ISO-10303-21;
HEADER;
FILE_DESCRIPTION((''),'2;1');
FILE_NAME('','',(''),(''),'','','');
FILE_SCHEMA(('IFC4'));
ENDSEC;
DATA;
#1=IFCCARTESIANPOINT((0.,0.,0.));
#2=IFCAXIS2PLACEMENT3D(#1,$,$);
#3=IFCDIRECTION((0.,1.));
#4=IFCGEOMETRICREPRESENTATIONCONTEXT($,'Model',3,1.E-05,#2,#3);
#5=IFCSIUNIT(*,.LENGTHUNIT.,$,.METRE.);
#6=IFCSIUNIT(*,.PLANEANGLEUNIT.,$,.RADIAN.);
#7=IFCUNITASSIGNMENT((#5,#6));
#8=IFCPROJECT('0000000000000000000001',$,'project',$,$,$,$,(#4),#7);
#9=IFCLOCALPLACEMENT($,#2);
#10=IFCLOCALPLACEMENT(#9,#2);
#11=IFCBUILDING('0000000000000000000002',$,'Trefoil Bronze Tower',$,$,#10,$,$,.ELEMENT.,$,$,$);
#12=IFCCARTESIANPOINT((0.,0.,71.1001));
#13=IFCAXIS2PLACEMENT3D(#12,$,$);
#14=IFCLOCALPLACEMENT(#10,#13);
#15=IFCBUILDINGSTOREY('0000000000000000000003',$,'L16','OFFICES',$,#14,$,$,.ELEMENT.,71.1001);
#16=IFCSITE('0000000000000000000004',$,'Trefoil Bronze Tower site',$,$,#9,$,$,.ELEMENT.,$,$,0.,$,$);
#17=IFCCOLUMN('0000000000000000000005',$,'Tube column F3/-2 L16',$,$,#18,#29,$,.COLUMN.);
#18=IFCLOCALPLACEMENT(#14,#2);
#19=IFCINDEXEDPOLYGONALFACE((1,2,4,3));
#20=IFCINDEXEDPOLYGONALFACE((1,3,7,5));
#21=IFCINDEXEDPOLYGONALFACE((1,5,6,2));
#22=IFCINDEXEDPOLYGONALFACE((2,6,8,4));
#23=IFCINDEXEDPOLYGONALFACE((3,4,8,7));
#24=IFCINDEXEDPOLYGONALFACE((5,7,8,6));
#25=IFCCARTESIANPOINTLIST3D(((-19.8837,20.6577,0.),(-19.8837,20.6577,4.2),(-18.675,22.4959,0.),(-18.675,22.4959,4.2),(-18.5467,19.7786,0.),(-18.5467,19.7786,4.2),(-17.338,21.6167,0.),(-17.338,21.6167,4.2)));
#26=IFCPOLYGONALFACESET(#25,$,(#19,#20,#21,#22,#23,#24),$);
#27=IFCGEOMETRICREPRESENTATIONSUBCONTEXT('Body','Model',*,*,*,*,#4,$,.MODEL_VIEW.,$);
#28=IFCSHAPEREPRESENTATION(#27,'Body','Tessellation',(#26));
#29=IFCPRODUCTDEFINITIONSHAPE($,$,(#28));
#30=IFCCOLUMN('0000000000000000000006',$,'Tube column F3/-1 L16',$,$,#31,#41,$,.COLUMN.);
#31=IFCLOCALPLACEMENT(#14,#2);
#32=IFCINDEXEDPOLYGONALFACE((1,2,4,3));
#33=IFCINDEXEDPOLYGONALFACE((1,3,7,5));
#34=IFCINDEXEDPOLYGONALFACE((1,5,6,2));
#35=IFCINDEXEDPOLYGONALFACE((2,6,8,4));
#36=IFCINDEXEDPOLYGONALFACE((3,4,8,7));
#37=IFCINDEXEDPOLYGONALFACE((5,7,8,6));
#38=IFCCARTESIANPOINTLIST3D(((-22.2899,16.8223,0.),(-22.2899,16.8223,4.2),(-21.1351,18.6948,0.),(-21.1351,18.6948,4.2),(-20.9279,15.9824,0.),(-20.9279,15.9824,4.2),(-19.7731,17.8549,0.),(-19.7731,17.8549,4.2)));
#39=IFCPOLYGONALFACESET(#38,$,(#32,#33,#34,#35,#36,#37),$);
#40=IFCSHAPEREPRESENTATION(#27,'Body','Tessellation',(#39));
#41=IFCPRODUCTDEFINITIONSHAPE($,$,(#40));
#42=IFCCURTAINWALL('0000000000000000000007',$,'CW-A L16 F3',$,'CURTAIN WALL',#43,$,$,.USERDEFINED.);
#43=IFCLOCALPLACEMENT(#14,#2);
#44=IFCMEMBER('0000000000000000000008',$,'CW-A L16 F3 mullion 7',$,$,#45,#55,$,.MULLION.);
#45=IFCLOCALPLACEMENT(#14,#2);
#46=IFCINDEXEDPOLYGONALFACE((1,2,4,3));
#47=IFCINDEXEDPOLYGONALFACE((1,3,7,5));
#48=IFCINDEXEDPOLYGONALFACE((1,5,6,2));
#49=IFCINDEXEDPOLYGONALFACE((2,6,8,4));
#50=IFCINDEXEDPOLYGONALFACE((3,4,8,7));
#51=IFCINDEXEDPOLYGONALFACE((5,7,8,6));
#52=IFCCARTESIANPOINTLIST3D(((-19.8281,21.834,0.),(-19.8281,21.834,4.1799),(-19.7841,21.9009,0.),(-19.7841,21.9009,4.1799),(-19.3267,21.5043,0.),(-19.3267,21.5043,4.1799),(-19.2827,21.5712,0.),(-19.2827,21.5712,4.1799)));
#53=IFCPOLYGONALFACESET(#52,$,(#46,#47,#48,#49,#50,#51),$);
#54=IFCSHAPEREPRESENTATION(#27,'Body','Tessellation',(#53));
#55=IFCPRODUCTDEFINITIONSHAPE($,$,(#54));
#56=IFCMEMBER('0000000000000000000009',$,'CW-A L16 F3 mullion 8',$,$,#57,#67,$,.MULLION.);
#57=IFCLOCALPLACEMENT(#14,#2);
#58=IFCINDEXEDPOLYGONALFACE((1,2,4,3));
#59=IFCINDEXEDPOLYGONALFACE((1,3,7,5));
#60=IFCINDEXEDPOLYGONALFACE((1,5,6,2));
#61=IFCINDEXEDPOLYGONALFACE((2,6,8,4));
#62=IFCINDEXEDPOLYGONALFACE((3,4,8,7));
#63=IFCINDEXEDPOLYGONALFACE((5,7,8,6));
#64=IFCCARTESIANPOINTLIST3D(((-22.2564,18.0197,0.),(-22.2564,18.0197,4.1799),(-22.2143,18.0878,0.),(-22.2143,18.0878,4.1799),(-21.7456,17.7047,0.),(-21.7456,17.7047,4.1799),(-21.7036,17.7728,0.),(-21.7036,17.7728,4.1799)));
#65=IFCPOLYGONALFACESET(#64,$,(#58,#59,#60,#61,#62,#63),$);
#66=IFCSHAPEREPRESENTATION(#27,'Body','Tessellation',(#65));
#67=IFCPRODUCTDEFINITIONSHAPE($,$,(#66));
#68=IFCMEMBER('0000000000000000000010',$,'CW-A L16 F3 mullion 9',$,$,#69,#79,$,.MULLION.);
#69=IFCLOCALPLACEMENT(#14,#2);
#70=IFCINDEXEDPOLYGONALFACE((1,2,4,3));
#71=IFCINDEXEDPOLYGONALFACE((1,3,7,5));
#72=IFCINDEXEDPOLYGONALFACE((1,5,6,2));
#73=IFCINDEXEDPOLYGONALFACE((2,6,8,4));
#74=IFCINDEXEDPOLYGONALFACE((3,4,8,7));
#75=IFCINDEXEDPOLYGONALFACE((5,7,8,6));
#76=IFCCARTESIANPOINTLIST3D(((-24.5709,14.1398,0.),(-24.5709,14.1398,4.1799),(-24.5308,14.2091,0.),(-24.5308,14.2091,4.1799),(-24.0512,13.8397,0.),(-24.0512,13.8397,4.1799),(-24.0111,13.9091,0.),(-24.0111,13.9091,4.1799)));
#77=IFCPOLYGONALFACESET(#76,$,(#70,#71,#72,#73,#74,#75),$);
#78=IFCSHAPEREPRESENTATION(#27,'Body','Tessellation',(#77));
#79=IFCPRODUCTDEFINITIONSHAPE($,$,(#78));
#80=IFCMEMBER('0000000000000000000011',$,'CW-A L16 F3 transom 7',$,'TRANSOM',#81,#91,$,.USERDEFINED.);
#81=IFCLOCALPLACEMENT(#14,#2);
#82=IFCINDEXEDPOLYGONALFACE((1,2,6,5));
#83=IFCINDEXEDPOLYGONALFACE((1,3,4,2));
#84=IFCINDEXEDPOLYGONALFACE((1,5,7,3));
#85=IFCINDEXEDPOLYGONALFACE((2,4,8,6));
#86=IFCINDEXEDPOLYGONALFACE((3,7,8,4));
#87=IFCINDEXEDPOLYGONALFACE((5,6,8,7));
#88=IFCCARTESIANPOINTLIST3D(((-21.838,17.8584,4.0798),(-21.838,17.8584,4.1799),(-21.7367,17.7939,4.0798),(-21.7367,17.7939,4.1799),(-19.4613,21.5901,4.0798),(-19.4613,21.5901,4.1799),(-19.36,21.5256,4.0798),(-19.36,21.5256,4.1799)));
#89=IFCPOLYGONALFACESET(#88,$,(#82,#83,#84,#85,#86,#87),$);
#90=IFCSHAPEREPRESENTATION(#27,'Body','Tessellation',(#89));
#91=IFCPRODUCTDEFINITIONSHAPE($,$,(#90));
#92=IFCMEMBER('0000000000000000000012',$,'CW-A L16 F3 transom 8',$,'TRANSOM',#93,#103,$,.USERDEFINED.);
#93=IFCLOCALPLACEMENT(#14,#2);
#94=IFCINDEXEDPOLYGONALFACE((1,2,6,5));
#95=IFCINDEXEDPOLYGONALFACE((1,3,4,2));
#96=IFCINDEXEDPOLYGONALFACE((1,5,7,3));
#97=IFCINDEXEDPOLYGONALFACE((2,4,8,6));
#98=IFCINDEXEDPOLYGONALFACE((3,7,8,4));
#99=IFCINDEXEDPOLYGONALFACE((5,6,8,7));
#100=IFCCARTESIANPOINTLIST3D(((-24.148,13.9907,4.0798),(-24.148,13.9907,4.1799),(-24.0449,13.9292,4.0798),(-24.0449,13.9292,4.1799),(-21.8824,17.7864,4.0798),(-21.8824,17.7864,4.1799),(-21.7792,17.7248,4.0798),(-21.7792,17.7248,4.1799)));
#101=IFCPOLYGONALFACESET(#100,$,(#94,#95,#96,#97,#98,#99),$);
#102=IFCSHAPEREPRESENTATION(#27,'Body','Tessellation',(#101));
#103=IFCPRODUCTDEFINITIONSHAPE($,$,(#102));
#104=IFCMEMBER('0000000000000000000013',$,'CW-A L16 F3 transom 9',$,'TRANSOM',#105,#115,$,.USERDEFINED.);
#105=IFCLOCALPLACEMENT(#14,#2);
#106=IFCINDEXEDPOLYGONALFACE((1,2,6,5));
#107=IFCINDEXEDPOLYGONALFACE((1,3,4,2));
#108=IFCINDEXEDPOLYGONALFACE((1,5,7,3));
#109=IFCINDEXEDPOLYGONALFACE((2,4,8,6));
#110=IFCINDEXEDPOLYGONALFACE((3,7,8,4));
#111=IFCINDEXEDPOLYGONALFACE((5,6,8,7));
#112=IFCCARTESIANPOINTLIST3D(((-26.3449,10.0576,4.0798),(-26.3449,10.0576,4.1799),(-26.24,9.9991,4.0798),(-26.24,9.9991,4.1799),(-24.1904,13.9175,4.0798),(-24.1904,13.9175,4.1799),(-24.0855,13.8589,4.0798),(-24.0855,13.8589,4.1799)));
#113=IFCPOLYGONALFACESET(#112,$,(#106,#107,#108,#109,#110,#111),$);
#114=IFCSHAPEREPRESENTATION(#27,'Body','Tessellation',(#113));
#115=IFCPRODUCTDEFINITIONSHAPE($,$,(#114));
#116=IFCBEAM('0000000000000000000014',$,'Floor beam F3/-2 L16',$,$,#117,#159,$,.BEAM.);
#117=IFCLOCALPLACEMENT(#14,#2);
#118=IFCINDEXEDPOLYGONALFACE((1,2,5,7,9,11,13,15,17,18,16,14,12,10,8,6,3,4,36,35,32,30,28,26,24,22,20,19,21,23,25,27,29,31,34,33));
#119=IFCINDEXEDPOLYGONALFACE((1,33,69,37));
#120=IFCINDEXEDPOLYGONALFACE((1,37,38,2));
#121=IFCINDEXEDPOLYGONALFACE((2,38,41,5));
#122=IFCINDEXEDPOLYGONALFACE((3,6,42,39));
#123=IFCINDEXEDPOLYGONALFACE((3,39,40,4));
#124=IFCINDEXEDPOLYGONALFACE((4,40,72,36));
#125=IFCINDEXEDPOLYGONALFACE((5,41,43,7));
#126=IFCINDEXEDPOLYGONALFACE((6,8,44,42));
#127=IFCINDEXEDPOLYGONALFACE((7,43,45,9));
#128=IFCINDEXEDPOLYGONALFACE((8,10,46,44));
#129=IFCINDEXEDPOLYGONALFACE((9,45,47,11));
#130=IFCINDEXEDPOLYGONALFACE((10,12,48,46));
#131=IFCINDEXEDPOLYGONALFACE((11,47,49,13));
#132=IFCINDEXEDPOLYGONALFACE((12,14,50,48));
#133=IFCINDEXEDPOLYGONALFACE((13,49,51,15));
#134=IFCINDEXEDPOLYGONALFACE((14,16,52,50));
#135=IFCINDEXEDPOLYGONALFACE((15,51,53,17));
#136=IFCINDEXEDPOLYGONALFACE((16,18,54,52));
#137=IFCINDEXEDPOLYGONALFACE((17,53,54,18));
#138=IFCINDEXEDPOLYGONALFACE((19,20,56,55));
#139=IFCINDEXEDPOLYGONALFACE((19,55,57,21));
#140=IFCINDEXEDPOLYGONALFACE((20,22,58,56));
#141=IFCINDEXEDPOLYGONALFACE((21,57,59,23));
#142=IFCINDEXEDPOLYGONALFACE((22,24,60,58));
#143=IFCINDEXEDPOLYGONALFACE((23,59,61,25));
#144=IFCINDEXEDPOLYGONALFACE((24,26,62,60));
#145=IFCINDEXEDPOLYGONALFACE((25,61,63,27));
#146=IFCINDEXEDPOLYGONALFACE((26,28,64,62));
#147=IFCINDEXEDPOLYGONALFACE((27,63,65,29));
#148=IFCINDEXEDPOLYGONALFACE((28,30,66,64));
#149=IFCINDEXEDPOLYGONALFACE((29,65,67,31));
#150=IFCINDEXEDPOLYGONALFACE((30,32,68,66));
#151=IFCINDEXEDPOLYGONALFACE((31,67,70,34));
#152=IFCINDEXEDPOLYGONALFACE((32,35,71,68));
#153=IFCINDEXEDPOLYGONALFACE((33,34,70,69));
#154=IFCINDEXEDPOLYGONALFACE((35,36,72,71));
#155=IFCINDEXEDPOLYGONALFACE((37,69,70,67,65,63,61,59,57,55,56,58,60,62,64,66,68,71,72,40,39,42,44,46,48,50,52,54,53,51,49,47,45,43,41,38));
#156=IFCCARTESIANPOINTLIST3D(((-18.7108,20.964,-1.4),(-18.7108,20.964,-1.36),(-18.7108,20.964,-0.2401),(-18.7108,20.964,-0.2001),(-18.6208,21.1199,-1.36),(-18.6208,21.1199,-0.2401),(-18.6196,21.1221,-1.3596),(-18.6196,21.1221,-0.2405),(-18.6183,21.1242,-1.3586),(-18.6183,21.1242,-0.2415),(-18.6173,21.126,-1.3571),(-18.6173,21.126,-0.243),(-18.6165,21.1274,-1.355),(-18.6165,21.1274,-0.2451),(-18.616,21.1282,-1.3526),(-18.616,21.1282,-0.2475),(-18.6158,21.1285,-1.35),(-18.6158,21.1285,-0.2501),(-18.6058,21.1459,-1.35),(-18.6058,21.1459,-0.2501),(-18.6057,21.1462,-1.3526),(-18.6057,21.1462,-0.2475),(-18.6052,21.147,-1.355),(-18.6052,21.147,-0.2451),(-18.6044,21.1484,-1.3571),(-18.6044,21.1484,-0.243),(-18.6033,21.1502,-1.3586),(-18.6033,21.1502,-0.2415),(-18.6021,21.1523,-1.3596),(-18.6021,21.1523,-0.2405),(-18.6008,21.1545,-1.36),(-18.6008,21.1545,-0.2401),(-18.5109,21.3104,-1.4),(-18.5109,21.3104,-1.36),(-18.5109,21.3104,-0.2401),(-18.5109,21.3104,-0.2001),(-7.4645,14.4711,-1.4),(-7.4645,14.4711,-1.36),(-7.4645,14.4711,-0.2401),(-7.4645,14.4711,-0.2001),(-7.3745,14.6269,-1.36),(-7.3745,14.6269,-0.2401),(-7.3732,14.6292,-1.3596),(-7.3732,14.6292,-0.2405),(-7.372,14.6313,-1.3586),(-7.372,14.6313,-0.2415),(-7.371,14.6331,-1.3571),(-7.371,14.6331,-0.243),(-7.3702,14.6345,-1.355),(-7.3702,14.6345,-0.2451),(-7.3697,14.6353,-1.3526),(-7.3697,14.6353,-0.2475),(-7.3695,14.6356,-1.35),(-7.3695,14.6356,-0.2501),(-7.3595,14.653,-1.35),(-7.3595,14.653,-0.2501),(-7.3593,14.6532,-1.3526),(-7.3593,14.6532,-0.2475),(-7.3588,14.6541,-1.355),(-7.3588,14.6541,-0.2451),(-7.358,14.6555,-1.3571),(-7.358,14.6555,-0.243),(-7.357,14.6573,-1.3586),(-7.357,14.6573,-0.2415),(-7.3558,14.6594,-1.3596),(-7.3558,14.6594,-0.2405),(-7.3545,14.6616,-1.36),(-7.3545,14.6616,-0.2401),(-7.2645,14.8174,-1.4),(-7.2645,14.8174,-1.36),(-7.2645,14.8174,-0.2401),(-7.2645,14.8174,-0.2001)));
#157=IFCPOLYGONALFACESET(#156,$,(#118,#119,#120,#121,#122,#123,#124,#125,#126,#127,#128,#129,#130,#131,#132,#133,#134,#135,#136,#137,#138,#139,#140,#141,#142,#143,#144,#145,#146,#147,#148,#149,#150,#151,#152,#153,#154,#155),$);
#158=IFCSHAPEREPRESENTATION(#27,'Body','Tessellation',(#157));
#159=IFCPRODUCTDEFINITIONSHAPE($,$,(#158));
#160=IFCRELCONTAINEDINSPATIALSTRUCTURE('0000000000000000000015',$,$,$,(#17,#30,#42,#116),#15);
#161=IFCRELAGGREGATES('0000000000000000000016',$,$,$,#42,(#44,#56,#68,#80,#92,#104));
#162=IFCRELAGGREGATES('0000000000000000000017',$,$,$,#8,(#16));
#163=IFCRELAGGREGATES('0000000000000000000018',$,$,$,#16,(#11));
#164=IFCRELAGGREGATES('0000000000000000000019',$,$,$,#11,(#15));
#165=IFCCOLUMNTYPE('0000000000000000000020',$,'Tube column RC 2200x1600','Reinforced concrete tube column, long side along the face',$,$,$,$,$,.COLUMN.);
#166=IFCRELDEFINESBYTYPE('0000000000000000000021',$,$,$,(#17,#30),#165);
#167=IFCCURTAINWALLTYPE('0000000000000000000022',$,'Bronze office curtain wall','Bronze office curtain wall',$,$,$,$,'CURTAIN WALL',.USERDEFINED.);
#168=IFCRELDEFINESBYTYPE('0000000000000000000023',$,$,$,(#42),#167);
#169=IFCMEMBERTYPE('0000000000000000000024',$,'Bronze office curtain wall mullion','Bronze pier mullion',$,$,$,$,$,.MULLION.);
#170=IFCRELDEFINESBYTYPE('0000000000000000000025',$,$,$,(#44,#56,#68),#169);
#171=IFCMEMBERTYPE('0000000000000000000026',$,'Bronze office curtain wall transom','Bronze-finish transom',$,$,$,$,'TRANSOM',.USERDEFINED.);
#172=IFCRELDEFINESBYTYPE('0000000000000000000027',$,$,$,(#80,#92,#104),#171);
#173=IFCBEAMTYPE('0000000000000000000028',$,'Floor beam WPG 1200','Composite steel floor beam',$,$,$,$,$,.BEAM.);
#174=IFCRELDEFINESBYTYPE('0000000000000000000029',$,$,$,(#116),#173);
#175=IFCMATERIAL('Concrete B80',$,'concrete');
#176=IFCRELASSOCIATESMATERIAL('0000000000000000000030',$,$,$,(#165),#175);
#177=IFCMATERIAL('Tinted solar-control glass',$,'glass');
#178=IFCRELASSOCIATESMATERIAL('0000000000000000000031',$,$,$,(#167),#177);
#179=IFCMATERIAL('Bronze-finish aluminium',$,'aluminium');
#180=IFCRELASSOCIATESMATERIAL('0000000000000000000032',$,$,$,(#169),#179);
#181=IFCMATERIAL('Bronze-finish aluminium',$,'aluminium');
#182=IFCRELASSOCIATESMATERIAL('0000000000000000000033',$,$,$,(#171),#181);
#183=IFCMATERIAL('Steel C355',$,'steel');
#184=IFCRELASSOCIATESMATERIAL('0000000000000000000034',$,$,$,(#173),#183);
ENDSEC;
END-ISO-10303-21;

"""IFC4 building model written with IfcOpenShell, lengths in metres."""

from ifc_helpers import new_model, si_unit, direction, frame, origin, origin_2d, place, context, subcontext, project, spatial, rectangle, i_section, extrude, material, material_profile, profile_set, type_object, element, aggregate, save


model = new_model("IFC4")

# Units and contexts
model_context = context("Model", 3, precision=1e-05, world=origin(), true_north=direction((0.0, 1.0)))
body_context = subcontext(model_context, "Body", "Model", "MODEL_VIEW")
ifc_project = project(units=[si_unit("LENGTHUNIT", "METRE"), si_unit("PLANEANGLEUNIT", "RADIAN")], contexts=[model_context])

# Site, building, storey
site_placement = place(None, origin())
site = spatial("IfcSite", under=ifc_project, at=site_placement, Name="Trefoil Bronze Tower site", CompositionType="ELEMENT", RefElevation=0.0)
building_placement = place(site_placement, origin())
building = spatial("IfcBuilding", under=site, at=building_placement, Name="Trefoil Bronze Tower", CompositionType="ELEMENT")
storey_placement = place(building_placement, frame((0.0, 0.0, 71.1001)))
storey = spatial("IfcBuildingStorey", under=building, at=storey_placement, Name="L16", Description="OFFICES", CompositionType="ELEMENT", Elevation=71.1001)

# Columns
ifc_material_1 = material(Name="Concrete B80", Category="concrete")
ifc_material_profile_1 = material_profile(ifc_material_1, rectangle(XDim=2.2, YDim=1.6001, at=origin_2d()), Name="RC 2200x1600")
ifc_profile_set_1 = profile_set([ifc_material_profile_1], Name="Concrete B80")
column_type = type_object("IfcColumnType", Name="Tube column RC 2200x1600", Description="Reinforced concrete tube column, long side along the face", PredefinedType="COLUMN", material=ifc_profile_set_1)
for number, where, z_axis, x_axis, name in (
    (1, (-18.6108, 21.1372, 0.0), (0.0, 0.0, 1.0), (-0.549424, -0.835544, 0.0), "Tube column F3/-2 L16"),
    (2, (-21.0315, 17.3386, 0.0), (0.0, 0.0, 1.0), (-0.524923, -0.85115, 0.0), "Tube column F3/-1 L16"),
):
    element("IfcColumn", number, at=place(storey_placement, frame(where, z_axis=z_axis, x_axis=x_axis)), inside=storey, type_object=column_type, Name=name, PredefinedType="COLUMN", context=body_context, shape_type="SweptSolid", body=[
        extrude(rectangle(XDim=2.2, YDim=1.6001, at=origin_2d()), origin(), (0.0, 0.0, 1.0), 4.2),
    ])

# Curtain wall, members
ifc_material_2 = material(Name="Tinted solar-control glass", Category="glass")
curtain_wall_type = type_object("IfcCurtainWallType", Name="Bronze office curtain wall", Description="Bronze office curtain wall", ElementType="CURTAIN WALL", PredefinedType="USERDEFINED", material=ifc_material_2)
curtain_wall_placement = place(storey_placement, origin())
curtain_wall = element("IfcCurtainWall", 3, at=curtain_wall_placement, inside=storey, type_object=curtain_wall_type, Name="CW-A L16 F3", ObjectType="CURTAIN WALL", PredefinedType="USERDEFINED")
ifc_material_3 = material(Name="Bronze-finish aluminium", Category="aluminium")
ifc_material_profile_2 = material_profile(ifc_material_3, rectangle(XDim=0.6001, YDim=0.0801, at=origin_2d()), Name="CW-A mullion")
ifc_profile_set_2 = profile_set([ifc_material_profile_2], Name="Bronze-finish aluminium")
member_type_1 = type_object("IfcMemberType", Name="Bronze office curtain wall mullion", Description="Bronze pier mullion", PredefinedType="MULLION", material=ifc_profile_set_2)
member_1_placement = place(storey_placement, frame((-19.5554, 21.7026, 0.0), z_axis=(0.0, 0.0, 1.0), x_axis=(0.835544, -0.549424, 0.0)))
member_1 = element("IfcMember", 4, at=member_1_placement, type_object=member_type_1, Name="CW-A L16 F3 mullion 7", PredefinedType="MULLION", context=body_context, shape_type="SweptSolid", body=[
    extrude(rectangle(XDim=0.6001, YDim=0.0801, at=origin_2d()), origin(), (0.0, 0.0, 1.0), 4.1799),
])
member_2_placement = place(storey_placement, frame((-21.98, 17.8962, 0.0), z_axis=(0.0, 0.0, 1.0), x_axis=(0.85115, -0.524923, 0.0)))
member_2 = element("IfcMember", 5, at=member_2_placement, type_object=member_type_1, Name="CW-A L16 F3 mullion 8", PredefinedType="MULLION", context=body_context, shape_type="SweptSolid", body=[
    extrude(rectangle(XDim=0.6001, YDim=0.0801, at=origin_2d()), origin(), (0.0, 0.0, 1.0), 4.1799),
])
member_3_placement = place(storey_placement, frame((-24.291, 14.0244, 0.0), z_axis=(0.0, 0.0, 1.0), x_axis=(0.866025, -0.5, 0.0)))
member_3 = element("IfcMember", 6, at=member_3_placement, type_object=member_type_1, Name="CW-A L16 F3 mullion 9", PredefinedType="MULLION", context=body_context, shape_type="SweptSolid", body=[
    extrude(rectangle(XDim=0.6001, YDim=0.0801, at=origin_2d()), origin(), (0.0, 0.0, 1.0), 4.1799),
])
ifc_material_4 = material(Name="Bronze-finish aluminium", Category="aluminium")
ifc_material_profile_3 = material_profile(ifc_material_4, rectangle(XDim=0.1201, YDim=0.1001, at=origin_2d()), Name="CW-A transom")
ifc_profile_set_3 = profile_set([ifc_material_profile_3], Name="Bronze-finish aluminium")
member_type_2 = type_object("IfcMemberType", Name="Bronze office curtain wall transom", Description="Bronze-finish transom", ElementType="TRANSOM", PredefinedType="USERDEFINED", material=ifc_profile_set_3)
member_4_placement = place(storey_placement, frame((-19.4106, 21.5579, 4.1299), z_axis=(-0.537197, -0.843457, 0.0), x_axis=(0.843457, -0.537197, 0.0)))
member_4 = element("IfcMember", 7, at=member_4_placement, type_object=member_type_2, Name="CW-A L16 F3 transom 7", ObjectType="TRANSOM", PredefinedType="USERDEFINED", context=body_context, shape_type="SweptSolid", body=[
    extrude(rectangle(XDim=0.1201, YDim=0.1001, at=origin_2d()), origin(), (0.0, 0.0, 1.0), 4.4243),
])
member_5_placement = place(storey_placement, frame((-21.8308, 17.7556, 4.1299), z_axis=(-0.512537, -0.858665, 0.0), x_axis=(0.858665, -0.512537, 0.0)))
member_5 = element("IfcMember", 8, at=member_5_placement, type_object=member_type_2, Name="CW-A L16 F3 transom 8", ObjectType="TRANSOM", PredefinedType="USERDEFINED", context=body_context, shape_type="SweptSolid", body=[
    extrude(rectangle(XDim=0.1201, YDim=0.1001, at=origin_2d()), origin(), (0.0, 0.0, 1.0), 4.4204),
])
member_6_placement = place(storey_placement, frame((-24.1379, 13.8882, 4.1299), z_axis=(-0.4874, -0.873179, 0.0), x_axis=(0.873179, -0.4874, 0.0)))
member_6 = element("IfcMember", 9, at=member_6_placement, type_object=member_type_2, Name="CW-A L16 F3 transom 9", ObjectType="TRANSOM", PredefinedType="USERDEFINED", context=body_context, shape_type="SweptSolid", body=[
    extrude(rectangle(XDim=0.1201, YDim=0.1001, at=origin_2d()), origin(), (0.0, 0.0, 1.0), 4.4204),
])

# Beam
ifc_material_5 = material(Name="Steel C355", Category="steel")
ifc_material_profile_4 = material_profile(ifc_material_5, i_section(OverallWidth=0.3999, OverallDepth=1.2, WebThickness=0.02, FlangeThickness=0.04, FilletRadius=0.01, at=origin_2d()), Name="WPG 1200")
ifc_profile_set_4 = profile_set([ifc_material_profile_4], Name="Steel C355")
beam_type_1 = type_object("IfcBeamType", Name="Floor beam WPG 1200", Description="Composite steel floor beam", PredefinedType="BEAM", material=ifc_profile_set_4)
beam_1_placement = place(storey_placement, frame((-18.6108, 21.1372, -0.8), z_axis=(0.866031, -0.499991, 0.0), x_axis=(0.499991, 0.866031, 0.0)))
element("IfcBeam", 10, at=beam_1_placement, inside=storey, type_object=beam_type_1, Name="Floor beam F3/-2 L16", PredefinedType="BEAM", context=body_context, shape_type="SweptSolid", body=[
    extrude(i_section(OverallWidth=0.3999, OverallDepth=1.2, WebThickness=0.02, FlangeThickness=0.04, FilletRadius=0.01, at=origin_2d()), origin(), (0.0, 0.0, 1.0), 12.9861),
])

aggregate(curtain_wall, [member_1, member_2, member_3, member_4, member_5, member_6])

save(model, "model.ifc")
